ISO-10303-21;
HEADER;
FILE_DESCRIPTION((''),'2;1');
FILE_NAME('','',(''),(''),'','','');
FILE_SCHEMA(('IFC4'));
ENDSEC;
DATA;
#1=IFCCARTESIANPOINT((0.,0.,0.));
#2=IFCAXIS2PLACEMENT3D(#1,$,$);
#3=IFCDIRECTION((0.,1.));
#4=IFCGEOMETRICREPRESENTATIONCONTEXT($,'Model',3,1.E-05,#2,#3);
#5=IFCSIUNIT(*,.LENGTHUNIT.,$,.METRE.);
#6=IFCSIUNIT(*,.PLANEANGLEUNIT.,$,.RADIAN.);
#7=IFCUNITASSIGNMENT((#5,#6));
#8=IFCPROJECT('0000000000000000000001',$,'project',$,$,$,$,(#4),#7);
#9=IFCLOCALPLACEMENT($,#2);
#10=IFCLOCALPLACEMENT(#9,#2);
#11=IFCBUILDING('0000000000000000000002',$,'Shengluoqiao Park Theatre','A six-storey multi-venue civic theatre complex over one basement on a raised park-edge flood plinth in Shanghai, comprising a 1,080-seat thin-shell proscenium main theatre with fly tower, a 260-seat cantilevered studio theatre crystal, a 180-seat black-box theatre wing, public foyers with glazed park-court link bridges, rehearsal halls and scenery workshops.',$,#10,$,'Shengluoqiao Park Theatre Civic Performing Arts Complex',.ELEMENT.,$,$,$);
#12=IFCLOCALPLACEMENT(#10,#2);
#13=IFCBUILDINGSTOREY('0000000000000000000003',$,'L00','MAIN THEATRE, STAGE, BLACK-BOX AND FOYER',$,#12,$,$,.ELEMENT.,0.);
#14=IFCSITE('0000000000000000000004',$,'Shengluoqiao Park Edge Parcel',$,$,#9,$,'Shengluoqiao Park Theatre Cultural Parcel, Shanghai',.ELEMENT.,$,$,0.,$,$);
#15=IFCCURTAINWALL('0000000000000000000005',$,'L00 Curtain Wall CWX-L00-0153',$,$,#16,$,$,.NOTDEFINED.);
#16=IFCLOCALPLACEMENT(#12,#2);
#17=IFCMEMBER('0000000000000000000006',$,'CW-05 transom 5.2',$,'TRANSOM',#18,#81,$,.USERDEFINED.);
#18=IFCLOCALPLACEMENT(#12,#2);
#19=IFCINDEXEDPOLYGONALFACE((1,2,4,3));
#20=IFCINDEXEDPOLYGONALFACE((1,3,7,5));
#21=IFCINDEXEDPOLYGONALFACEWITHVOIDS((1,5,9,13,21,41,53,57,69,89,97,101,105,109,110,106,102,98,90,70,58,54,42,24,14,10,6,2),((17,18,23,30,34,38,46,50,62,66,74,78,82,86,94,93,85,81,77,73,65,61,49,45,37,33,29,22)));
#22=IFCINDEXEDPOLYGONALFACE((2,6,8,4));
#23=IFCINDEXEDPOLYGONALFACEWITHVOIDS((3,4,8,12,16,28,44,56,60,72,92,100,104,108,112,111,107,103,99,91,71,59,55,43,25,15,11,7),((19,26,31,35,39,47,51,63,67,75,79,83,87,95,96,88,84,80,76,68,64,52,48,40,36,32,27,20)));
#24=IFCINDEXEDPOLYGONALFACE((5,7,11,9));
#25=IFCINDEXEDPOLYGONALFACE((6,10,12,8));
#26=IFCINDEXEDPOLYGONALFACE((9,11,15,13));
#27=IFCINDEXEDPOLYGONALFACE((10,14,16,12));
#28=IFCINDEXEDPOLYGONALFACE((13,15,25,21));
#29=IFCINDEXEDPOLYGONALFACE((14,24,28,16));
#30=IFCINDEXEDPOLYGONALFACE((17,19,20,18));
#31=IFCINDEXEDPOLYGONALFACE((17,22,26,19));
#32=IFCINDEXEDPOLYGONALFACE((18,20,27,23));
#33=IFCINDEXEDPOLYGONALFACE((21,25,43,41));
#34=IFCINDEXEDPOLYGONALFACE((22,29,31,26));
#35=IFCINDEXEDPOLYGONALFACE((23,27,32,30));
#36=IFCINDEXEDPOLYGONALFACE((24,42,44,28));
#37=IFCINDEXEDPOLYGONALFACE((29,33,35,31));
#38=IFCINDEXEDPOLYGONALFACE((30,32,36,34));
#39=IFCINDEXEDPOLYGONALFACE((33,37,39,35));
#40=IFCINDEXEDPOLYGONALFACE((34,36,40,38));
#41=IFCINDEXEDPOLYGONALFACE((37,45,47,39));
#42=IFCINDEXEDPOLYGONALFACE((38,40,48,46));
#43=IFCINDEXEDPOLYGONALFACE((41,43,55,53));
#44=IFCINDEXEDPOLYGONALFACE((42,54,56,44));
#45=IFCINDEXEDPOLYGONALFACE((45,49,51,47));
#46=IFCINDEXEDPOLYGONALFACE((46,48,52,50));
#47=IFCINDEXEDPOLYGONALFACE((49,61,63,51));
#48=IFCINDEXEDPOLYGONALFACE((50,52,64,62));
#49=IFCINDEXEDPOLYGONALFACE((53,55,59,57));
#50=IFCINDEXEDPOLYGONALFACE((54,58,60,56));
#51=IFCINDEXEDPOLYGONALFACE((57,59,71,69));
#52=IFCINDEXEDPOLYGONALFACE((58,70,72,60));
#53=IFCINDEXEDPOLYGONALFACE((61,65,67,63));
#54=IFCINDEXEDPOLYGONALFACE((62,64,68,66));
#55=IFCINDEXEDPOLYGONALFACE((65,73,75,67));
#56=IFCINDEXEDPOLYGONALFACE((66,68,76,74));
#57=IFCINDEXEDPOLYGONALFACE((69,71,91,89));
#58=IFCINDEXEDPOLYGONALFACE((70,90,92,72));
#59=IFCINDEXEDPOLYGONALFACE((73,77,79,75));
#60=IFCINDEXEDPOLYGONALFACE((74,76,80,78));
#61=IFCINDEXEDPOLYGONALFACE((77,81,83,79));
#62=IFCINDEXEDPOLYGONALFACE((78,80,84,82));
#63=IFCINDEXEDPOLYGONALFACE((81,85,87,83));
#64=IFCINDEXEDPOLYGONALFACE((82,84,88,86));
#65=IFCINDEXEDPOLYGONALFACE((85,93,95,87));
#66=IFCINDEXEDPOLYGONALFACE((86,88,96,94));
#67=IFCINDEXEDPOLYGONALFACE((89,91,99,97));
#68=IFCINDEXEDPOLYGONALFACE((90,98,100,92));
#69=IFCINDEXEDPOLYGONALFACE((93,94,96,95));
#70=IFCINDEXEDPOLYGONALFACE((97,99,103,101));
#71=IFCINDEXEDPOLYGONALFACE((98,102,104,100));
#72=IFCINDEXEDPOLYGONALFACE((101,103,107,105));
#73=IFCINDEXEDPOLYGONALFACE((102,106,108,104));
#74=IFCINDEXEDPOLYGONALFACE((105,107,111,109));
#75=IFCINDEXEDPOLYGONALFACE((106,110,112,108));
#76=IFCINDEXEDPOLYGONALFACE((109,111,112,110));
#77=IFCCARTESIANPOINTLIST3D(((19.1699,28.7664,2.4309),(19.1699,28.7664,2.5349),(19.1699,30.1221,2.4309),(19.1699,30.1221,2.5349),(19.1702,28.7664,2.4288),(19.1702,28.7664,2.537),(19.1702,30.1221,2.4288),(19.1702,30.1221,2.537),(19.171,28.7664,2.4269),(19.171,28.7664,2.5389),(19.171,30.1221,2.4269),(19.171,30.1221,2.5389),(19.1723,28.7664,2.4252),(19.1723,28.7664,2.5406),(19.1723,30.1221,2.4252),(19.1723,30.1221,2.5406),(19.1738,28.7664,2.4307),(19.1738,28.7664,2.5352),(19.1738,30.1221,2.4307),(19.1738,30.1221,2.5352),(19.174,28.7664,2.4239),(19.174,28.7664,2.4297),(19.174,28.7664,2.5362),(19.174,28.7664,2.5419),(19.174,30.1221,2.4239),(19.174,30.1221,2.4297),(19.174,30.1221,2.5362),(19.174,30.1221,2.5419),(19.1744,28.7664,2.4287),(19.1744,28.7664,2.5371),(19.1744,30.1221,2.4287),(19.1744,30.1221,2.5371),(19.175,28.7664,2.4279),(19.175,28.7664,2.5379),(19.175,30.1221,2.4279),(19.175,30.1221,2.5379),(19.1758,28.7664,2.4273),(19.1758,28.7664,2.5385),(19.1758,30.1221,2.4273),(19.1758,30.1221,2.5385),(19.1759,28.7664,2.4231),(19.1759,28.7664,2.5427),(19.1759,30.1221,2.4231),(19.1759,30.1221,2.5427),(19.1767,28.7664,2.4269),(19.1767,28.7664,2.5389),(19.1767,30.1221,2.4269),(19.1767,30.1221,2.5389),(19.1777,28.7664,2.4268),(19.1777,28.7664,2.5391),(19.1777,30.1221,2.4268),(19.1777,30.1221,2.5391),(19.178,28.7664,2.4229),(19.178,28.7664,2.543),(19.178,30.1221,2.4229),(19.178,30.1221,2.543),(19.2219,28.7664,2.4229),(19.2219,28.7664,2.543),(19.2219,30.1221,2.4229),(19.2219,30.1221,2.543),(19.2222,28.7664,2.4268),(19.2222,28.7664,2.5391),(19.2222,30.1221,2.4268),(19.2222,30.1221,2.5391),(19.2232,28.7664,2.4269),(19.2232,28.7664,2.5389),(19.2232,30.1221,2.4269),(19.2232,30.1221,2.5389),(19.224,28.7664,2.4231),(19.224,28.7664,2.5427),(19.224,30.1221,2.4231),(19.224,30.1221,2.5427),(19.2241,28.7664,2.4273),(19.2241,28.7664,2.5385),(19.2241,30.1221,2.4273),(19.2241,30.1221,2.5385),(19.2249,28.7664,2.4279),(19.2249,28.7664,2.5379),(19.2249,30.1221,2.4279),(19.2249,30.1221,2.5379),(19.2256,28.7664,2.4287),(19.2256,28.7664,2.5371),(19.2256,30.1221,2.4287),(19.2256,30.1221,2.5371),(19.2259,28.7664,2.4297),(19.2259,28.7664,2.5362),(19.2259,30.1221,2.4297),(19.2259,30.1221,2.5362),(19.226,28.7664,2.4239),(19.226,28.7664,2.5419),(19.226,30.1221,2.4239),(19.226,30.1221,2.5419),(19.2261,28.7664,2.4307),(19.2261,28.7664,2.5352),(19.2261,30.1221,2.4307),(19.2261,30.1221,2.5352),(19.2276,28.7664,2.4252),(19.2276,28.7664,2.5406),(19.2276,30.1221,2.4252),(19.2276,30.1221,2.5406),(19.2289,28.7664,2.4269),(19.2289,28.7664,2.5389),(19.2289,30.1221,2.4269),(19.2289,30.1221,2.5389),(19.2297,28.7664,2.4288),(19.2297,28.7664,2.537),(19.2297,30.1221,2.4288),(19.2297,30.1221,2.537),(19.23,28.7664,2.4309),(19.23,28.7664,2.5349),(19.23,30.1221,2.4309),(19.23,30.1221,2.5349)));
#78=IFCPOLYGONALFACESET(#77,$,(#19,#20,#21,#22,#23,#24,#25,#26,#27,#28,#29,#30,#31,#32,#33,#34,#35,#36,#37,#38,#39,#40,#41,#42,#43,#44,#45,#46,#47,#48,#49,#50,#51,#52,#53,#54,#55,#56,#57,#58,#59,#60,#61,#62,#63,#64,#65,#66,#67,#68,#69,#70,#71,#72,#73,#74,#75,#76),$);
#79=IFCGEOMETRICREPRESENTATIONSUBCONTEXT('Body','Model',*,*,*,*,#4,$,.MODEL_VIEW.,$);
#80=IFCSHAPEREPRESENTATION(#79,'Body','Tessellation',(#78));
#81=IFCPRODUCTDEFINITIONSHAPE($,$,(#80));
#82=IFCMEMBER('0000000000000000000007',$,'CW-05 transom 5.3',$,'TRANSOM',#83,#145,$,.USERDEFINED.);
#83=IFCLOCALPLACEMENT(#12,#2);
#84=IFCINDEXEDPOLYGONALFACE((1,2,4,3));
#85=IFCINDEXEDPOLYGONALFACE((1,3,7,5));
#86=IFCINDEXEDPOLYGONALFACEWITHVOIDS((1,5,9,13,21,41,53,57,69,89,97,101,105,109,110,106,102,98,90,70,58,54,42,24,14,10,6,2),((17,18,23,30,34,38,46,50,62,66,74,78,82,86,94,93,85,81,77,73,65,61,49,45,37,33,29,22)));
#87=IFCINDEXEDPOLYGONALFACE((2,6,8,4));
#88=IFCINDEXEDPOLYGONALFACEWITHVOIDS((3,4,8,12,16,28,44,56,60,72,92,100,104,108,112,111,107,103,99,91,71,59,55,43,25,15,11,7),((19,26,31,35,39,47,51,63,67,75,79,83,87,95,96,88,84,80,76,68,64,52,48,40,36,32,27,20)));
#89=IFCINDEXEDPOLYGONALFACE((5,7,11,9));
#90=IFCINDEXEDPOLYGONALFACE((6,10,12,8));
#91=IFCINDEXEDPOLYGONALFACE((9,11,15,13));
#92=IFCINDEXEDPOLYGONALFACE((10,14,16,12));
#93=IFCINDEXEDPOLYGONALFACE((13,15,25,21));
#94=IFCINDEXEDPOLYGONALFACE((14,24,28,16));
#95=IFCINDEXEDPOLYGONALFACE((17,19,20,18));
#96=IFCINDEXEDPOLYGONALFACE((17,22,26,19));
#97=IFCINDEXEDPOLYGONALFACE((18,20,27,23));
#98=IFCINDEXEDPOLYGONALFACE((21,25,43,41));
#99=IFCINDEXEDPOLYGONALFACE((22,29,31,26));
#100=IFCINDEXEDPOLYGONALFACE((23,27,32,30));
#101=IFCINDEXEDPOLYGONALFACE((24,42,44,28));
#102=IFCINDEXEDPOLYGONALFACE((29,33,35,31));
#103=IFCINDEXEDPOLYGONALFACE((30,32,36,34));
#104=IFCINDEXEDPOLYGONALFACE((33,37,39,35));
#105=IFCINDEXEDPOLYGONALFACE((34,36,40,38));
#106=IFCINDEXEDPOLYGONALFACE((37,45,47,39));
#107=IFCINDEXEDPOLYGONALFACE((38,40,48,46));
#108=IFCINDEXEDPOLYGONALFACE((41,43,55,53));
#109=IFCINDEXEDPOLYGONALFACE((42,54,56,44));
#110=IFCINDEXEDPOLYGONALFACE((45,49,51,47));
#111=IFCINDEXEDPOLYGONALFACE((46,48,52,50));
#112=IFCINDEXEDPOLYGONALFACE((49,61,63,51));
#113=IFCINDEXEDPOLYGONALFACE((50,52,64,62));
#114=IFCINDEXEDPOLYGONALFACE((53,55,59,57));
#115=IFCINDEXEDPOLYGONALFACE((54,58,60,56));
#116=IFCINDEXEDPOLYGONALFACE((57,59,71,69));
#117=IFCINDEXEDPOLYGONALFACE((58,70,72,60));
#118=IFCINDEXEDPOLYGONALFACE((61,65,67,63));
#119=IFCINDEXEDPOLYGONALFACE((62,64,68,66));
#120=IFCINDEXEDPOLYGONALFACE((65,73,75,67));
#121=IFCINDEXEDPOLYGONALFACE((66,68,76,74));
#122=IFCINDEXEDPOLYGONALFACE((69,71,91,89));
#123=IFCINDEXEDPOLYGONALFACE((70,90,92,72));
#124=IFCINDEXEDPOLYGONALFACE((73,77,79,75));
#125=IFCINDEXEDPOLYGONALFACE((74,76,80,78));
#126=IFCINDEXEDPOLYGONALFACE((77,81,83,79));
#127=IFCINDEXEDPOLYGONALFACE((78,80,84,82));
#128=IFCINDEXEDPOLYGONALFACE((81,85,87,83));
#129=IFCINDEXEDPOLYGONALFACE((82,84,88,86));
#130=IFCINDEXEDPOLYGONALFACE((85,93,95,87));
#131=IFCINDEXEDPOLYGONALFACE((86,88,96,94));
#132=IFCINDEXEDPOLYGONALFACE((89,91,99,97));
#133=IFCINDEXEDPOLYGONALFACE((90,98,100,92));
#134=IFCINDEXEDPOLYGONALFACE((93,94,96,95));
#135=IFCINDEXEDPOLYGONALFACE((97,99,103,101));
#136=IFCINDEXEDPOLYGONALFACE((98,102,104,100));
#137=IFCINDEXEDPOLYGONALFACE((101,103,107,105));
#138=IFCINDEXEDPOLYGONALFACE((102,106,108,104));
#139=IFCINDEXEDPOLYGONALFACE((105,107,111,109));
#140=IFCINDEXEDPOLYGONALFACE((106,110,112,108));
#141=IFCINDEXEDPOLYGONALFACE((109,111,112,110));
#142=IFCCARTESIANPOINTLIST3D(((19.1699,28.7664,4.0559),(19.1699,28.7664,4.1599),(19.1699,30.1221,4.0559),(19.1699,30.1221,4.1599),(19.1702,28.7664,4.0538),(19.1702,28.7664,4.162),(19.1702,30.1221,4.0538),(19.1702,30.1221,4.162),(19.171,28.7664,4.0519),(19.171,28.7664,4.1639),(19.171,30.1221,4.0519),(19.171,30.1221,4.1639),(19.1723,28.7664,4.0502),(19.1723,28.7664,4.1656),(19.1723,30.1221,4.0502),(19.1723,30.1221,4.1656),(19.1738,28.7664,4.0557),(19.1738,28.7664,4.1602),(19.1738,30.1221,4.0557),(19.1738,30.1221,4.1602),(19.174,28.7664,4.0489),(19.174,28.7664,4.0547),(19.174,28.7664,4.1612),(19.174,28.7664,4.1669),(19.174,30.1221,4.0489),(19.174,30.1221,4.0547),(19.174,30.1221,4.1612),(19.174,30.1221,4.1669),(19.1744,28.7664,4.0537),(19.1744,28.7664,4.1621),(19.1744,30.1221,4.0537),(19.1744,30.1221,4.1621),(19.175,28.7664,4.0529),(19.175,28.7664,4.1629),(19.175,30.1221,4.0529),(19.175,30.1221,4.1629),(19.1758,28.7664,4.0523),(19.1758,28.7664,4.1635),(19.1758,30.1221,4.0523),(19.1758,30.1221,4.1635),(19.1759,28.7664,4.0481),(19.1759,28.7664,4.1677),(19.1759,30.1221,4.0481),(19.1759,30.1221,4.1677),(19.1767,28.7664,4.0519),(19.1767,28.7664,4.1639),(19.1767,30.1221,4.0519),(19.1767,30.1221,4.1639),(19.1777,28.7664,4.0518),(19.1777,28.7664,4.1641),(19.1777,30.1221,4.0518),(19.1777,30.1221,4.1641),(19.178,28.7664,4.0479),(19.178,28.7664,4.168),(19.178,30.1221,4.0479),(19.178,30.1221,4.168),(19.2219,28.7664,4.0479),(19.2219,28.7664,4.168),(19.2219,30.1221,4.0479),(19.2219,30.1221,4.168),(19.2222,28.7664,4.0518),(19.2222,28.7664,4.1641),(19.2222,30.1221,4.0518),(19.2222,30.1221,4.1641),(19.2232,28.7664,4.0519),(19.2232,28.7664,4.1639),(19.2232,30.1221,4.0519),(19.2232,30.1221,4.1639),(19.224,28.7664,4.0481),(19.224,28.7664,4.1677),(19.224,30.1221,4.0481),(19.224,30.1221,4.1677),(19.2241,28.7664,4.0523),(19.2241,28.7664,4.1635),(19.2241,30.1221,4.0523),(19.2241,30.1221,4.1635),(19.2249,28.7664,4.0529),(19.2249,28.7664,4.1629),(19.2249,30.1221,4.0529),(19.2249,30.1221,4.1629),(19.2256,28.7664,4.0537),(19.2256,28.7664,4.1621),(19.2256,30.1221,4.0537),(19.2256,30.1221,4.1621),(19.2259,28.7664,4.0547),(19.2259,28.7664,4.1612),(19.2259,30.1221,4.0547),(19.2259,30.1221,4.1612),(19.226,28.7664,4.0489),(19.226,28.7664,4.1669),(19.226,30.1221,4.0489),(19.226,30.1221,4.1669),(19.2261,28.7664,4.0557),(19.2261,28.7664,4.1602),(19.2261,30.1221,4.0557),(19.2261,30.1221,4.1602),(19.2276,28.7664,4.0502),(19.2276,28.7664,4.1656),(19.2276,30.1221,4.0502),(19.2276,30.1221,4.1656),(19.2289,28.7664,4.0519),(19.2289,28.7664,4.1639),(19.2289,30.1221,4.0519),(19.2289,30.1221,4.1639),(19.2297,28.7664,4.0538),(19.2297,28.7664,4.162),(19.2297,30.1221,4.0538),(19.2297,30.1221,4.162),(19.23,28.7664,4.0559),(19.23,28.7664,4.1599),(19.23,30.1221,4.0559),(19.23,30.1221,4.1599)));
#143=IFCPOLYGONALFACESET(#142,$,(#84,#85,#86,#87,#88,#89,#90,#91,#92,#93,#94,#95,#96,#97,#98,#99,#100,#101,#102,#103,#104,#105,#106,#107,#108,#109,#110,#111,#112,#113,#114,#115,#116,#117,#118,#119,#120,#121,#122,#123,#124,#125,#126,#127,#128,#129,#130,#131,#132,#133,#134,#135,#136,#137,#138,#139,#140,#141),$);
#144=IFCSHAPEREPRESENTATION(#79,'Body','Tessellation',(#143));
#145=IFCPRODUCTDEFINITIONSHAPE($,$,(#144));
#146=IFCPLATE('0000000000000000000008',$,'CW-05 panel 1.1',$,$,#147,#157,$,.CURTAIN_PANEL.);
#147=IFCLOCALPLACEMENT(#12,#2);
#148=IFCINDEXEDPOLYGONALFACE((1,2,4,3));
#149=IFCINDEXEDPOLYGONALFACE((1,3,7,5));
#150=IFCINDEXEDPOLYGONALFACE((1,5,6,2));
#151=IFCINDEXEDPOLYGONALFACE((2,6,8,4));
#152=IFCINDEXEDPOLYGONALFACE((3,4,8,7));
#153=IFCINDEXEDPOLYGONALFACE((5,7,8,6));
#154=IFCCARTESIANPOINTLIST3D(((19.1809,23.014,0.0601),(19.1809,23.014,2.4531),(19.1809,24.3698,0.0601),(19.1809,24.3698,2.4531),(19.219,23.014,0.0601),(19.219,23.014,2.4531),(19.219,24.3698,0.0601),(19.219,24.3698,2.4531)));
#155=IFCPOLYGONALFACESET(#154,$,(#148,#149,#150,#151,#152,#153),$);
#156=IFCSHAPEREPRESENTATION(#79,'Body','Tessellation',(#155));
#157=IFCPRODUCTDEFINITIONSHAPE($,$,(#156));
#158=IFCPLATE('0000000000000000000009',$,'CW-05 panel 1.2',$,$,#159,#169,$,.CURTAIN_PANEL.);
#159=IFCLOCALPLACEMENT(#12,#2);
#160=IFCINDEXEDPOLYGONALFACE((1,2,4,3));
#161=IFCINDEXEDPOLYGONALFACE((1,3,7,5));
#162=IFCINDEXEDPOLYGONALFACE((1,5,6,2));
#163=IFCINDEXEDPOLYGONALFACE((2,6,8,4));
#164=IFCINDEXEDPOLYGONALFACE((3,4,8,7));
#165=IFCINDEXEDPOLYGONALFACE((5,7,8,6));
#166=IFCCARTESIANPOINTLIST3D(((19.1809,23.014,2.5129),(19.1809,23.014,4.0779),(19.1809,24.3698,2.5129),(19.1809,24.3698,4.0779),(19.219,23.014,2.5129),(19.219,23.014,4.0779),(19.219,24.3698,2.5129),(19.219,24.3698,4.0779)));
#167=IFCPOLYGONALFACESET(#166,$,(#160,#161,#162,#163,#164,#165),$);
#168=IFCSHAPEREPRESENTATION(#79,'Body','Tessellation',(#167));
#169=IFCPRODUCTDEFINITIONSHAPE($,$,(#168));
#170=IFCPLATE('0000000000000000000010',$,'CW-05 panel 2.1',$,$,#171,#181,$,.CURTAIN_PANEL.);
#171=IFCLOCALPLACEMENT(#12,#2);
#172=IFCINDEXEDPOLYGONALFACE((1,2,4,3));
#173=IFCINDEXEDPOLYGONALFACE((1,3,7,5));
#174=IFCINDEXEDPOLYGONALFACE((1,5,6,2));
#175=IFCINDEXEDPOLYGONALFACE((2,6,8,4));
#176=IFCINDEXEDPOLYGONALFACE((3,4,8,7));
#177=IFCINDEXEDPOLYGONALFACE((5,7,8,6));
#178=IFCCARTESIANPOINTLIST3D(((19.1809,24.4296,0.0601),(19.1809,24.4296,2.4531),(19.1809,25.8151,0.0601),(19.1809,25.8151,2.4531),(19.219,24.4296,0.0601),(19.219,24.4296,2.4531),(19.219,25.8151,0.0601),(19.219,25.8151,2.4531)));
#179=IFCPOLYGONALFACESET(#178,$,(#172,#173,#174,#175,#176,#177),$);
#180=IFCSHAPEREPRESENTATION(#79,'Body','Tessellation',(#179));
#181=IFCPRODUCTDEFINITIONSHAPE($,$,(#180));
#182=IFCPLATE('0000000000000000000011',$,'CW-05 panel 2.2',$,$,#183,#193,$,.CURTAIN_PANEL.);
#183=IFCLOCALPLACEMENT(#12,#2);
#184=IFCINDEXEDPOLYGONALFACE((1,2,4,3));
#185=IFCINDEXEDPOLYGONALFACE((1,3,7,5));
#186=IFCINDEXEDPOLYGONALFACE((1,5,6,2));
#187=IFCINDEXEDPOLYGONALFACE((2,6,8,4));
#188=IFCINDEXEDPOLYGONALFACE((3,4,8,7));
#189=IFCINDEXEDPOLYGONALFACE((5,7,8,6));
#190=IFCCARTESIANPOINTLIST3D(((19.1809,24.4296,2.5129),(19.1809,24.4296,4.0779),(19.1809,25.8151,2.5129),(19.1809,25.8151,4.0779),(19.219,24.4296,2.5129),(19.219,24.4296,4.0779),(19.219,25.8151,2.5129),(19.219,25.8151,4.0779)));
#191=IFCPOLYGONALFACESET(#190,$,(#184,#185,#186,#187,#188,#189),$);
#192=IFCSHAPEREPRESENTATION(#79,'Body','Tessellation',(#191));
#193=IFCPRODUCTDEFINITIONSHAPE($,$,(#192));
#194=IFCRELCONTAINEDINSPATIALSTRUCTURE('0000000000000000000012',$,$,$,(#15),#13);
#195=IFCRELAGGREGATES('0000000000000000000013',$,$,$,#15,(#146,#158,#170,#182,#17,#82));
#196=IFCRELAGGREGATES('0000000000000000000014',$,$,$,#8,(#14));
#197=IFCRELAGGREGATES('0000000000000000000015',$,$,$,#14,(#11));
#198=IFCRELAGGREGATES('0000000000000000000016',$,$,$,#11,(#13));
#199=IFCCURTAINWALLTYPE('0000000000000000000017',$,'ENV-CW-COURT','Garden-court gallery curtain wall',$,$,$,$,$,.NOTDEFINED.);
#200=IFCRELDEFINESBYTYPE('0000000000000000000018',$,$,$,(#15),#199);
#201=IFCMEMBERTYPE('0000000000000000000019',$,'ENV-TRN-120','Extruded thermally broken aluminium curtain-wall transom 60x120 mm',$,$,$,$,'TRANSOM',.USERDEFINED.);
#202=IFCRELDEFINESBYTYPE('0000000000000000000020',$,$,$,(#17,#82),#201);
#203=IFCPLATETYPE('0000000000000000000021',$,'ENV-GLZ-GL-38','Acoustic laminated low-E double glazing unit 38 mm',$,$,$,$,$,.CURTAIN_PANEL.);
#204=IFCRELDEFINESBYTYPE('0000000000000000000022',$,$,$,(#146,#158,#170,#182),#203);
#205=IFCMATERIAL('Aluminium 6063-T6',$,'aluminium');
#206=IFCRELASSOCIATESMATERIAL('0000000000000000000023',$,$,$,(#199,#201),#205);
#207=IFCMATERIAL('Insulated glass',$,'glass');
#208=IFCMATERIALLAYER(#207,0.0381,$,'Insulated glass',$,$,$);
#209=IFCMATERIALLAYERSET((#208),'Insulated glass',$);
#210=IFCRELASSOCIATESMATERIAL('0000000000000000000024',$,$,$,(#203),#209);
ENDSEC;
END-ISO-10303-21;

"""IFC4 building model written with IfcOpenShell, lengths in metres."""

from ifc_helpers import new_model, si_unit, direction, frame, origin, origin_2d, place, context, subcontext, project, spatial, rectangle, hollow_rectangle, extrude, material, layer, layer_set, material_profile, profile_set, type_object, element, aggregate, save


model = new_model("IFC4")

# Units and contexts
model_context = context("Model", 3, precision=1e-05, world=origin(), true_north=direction((0.0, 1.0)))
body_context = subcontext(model_context, "Body", "Model", "MODEL_VIEW")
ifc_project = project(units=[si_unit("LENGTHUNIT", "METRE"), si_unit("PLANEANGLEUNIT", "RADIAN")], contexts=[model_context])

# Site, building, storey
site_placement = place(None, origin())
site = spatial("IfcSite", under=ifc_project, at=site_placement, Name="Shengluoqiao Park Edge Parcel", LongName="Shengluoqiao Park Theatre Cultural Parcel, Shanghai", CompositionType="ELEMENT", RefElevation=0.0)
building_placement = place(site_placement, origin())
building = spatial("IfcBuilding", under=site, at=building_placement, Name="Shengluoqiao Park Theatre", Description="A six-storey multi-venue civic theatre complex over one basement on a raised park-edge flood plinth in Shanghai, comprising a 1,080-seat thin-shell proscenium main theatre with fly tower, a 260-seat cantilevered studio theatre crystal, a 180-seat black-box theatre wing, public foyers with glazed park-court link bridges, rehearsal halls and scenery workshops.", LongName="Shengluoqiao Park Theatre Civic Performing Arts Complex", CompositionType="ELEMENT")
storey_placement = place(building_placement, origin())
storey = spatial("IfcBuildingStorey", under=building, at=storey_placement, Name="L00", Description="MAIN THEATRE, STAGE, BLACK-BOX AND FOYER", CompositionType="ELEMENT", Elevation=0.0)

# Shared definitions
ifc_material_1 = material(Name="Aluminium 6063-T6", Category="aluminium")

# Curtain wall, members, plates
curtain_wall_type_1 = type_object("IfcCurtainWallType", Name="ENV-CW-COURT", Description="Garden-court gallery curtain wall", PredefinedType="NOTDEFINED", material=ifc_material_1)
curtain_wall_1_placement = place(storey_placement, origin())
curtain_wall_1 = element("IfcCurtainWall", 1, at=curtain_wall_1_placement, inside=storey, type_object=curtain_wall_type_1, Name="L00 Curtain Wall CWX-L00-0153", PredefinedType="NOTDEFINED")
ifc_material_profile_1 = material_profile(ifc_material_1, hollow_rectangle(XDim=0.0601, YDim=0.1201, WallThickness=0.0039, InnerFilletRadius=0.0039, OuterFilletRadius=0.0081, at=origin_2d()), Name="ALU TRANSOM 120x60x4")
ifc_profile_set_1 = profile_set([ifc_material_profile_1], Name="Aluminium 6063-T6")
member_type_1 = type_object("IfcMemberType", Name="ENV-TRN-120", Description="Extruded thermally broken aluminium curtain-wall transom 60x120 mm", ElementType="TRANSOM", PredefinedType="USERDEFINED", material=ifc_profile_set_1)
member_1_placement = place(storey_placement, frame((19.2, 28.7664, 2.4829), z_axis=(0.0, 1.0, 0.0), x_axis=(-1.0, 0.0, 0.0)))
member_1 = element("IfcMember", 2, at=member_1_placement, type_object=member_type_1, Name="CW-05 transom 5.2", ObjectType="TRANSOM", PredefinedType="USERDEFINED", context=body_context, shape_type="SweptSolid", body=[
    extrude(hollow_rectangle(XDim=0.0601, YDim=0.1201, WallThickness=0.0039, InnerFilletRadius=0.0039, OuterFilletRadius=0.0081, at=origin_2d()), origin(), (0.0, 0.0, 1.0), 1.3557),
])
member_2_placement = place(storey_placement, frame((19.2, 28.7664, 4.1079), z_axis=(0.0, 1.0, 0.0), x_axis=(-1.0, 0.0, 0.0)))
member_2 = element("IfcMember", 3, at=member_2_placement, type_object=member_type_1, Name="CW-05 transom 5.3", ObjectType="TRANSOM", PredefinedType="USERDEFINED", context=body_context, shape_type="SweptSolid", body=[
    extrude(hollow_rectangle(XDim=0.0601, YDim=0.1201, WallThickness=0.0039, InnerFilletRadius=0.0039, OuterFilletRadius=0.0081, at=origin_2d()), origin(), (0.0, 0.0, 1.0), 1.3557),
])
ifc_material_2 = material(Name="Insulated glass", Category="glass")
ifc_layer_1 = layer(ifc_material_2, 0.0381, Name="Insulated glass")
ifc_layer_set_1 = layer_set([ifc_layer_1], Name="Insulated glass")
plate_type = type_object("IfcPlateType", Name="ENV-GLZ-GL-38", Description="Acoustic laminated low-E double glazing unit 38 mm", PredefinedType="CURTAIN_PANEL", material=ifc_layer_set_1)
plate_1_placement = place(storey_placement, frame((19.2, 23.6919, 0.0601), z_axis=(0.0, 0.0, 1.0), x_axis=(0.0, 1.0, 0.0)))
plate_1 = element("IfcPlate", 4, at=plate_1_placement, type_object=plate_type, Name="CW-05 panel 1.1", PredefinedType="CURTAIN_PANEL", context=body_context, shape_type="SweptSolid", body=[
    extrude(rectangle(XDim=1.3557, YDim=0.0381, at=origin_2d()), origin(), (0.0, 0.0, 1.0), 2.3931),
])
plate_2_placement = place(storey_placement, frame((19.2, 23.6919, 2.5129), z_axis=(0.0, 0.0, 1.0), x_axis=(0.0, 1.0, 0.0)))
plate_2 = element("IfcPlate", 5, at=plate_2_placement, type_object=plate_type, Name="CW-05 panel 1.2", PredefinedType="CURTAIN_PANEL", context=body_context, shape_type="SweptSolid", body=[
    extrude(rectangle(XDim=1.3557, YDim=0.0381, at=origin_2d()), origin(), (0.0, 0.0, 1.0), 1.5649),
])
plate_3_placement = place(storey_placement, frame((19.2, 25.1223, 0.0601), z_axis=(0.0, 0.0, 1.0), x_axis=(0.0, 1.0, 0.0)))
plate_3 = element("IfcPlate", 6, at=plate_3_placement, type_object=plate_type, Name="CW-05 panel 2.1", PredefinedType="CURTAIN_PANEL", context=body_context, shape_type="SweptSolid", body=[
    extrude(rectangle(XDim=1.3855, YDim=0.0381, at=origin_2d()), origin(), (0.0, 0.0, 1.0), 2.3931),
])
plate_4_placement = place(storey_placement, frame((19.2, 25.1223, 2.5129), z_axis=(0.0, 0.0, 1.0), x_axis=(0.0, 1.0, 0.0)))
plate_4 = element("IfcPlate", 7, at=plate_4_placement, type_object=plate_type, Name="CW-05 panel 2.2", PredefinedType="CURTAIN_PANEL", context=body_context, shape_type="SweptSolid", body=[
    extrude(rectangle(XDim=1.3855, YDim=0.0381, at=origin_2d()), origin(), (0.0, 0.0, 1.0), 1.5649),
])
aggregate(curtain_wall_1, [plate_1, plate_2, plate_3, plate_4, member_1, member_2])

save(model, "model.ifc")
